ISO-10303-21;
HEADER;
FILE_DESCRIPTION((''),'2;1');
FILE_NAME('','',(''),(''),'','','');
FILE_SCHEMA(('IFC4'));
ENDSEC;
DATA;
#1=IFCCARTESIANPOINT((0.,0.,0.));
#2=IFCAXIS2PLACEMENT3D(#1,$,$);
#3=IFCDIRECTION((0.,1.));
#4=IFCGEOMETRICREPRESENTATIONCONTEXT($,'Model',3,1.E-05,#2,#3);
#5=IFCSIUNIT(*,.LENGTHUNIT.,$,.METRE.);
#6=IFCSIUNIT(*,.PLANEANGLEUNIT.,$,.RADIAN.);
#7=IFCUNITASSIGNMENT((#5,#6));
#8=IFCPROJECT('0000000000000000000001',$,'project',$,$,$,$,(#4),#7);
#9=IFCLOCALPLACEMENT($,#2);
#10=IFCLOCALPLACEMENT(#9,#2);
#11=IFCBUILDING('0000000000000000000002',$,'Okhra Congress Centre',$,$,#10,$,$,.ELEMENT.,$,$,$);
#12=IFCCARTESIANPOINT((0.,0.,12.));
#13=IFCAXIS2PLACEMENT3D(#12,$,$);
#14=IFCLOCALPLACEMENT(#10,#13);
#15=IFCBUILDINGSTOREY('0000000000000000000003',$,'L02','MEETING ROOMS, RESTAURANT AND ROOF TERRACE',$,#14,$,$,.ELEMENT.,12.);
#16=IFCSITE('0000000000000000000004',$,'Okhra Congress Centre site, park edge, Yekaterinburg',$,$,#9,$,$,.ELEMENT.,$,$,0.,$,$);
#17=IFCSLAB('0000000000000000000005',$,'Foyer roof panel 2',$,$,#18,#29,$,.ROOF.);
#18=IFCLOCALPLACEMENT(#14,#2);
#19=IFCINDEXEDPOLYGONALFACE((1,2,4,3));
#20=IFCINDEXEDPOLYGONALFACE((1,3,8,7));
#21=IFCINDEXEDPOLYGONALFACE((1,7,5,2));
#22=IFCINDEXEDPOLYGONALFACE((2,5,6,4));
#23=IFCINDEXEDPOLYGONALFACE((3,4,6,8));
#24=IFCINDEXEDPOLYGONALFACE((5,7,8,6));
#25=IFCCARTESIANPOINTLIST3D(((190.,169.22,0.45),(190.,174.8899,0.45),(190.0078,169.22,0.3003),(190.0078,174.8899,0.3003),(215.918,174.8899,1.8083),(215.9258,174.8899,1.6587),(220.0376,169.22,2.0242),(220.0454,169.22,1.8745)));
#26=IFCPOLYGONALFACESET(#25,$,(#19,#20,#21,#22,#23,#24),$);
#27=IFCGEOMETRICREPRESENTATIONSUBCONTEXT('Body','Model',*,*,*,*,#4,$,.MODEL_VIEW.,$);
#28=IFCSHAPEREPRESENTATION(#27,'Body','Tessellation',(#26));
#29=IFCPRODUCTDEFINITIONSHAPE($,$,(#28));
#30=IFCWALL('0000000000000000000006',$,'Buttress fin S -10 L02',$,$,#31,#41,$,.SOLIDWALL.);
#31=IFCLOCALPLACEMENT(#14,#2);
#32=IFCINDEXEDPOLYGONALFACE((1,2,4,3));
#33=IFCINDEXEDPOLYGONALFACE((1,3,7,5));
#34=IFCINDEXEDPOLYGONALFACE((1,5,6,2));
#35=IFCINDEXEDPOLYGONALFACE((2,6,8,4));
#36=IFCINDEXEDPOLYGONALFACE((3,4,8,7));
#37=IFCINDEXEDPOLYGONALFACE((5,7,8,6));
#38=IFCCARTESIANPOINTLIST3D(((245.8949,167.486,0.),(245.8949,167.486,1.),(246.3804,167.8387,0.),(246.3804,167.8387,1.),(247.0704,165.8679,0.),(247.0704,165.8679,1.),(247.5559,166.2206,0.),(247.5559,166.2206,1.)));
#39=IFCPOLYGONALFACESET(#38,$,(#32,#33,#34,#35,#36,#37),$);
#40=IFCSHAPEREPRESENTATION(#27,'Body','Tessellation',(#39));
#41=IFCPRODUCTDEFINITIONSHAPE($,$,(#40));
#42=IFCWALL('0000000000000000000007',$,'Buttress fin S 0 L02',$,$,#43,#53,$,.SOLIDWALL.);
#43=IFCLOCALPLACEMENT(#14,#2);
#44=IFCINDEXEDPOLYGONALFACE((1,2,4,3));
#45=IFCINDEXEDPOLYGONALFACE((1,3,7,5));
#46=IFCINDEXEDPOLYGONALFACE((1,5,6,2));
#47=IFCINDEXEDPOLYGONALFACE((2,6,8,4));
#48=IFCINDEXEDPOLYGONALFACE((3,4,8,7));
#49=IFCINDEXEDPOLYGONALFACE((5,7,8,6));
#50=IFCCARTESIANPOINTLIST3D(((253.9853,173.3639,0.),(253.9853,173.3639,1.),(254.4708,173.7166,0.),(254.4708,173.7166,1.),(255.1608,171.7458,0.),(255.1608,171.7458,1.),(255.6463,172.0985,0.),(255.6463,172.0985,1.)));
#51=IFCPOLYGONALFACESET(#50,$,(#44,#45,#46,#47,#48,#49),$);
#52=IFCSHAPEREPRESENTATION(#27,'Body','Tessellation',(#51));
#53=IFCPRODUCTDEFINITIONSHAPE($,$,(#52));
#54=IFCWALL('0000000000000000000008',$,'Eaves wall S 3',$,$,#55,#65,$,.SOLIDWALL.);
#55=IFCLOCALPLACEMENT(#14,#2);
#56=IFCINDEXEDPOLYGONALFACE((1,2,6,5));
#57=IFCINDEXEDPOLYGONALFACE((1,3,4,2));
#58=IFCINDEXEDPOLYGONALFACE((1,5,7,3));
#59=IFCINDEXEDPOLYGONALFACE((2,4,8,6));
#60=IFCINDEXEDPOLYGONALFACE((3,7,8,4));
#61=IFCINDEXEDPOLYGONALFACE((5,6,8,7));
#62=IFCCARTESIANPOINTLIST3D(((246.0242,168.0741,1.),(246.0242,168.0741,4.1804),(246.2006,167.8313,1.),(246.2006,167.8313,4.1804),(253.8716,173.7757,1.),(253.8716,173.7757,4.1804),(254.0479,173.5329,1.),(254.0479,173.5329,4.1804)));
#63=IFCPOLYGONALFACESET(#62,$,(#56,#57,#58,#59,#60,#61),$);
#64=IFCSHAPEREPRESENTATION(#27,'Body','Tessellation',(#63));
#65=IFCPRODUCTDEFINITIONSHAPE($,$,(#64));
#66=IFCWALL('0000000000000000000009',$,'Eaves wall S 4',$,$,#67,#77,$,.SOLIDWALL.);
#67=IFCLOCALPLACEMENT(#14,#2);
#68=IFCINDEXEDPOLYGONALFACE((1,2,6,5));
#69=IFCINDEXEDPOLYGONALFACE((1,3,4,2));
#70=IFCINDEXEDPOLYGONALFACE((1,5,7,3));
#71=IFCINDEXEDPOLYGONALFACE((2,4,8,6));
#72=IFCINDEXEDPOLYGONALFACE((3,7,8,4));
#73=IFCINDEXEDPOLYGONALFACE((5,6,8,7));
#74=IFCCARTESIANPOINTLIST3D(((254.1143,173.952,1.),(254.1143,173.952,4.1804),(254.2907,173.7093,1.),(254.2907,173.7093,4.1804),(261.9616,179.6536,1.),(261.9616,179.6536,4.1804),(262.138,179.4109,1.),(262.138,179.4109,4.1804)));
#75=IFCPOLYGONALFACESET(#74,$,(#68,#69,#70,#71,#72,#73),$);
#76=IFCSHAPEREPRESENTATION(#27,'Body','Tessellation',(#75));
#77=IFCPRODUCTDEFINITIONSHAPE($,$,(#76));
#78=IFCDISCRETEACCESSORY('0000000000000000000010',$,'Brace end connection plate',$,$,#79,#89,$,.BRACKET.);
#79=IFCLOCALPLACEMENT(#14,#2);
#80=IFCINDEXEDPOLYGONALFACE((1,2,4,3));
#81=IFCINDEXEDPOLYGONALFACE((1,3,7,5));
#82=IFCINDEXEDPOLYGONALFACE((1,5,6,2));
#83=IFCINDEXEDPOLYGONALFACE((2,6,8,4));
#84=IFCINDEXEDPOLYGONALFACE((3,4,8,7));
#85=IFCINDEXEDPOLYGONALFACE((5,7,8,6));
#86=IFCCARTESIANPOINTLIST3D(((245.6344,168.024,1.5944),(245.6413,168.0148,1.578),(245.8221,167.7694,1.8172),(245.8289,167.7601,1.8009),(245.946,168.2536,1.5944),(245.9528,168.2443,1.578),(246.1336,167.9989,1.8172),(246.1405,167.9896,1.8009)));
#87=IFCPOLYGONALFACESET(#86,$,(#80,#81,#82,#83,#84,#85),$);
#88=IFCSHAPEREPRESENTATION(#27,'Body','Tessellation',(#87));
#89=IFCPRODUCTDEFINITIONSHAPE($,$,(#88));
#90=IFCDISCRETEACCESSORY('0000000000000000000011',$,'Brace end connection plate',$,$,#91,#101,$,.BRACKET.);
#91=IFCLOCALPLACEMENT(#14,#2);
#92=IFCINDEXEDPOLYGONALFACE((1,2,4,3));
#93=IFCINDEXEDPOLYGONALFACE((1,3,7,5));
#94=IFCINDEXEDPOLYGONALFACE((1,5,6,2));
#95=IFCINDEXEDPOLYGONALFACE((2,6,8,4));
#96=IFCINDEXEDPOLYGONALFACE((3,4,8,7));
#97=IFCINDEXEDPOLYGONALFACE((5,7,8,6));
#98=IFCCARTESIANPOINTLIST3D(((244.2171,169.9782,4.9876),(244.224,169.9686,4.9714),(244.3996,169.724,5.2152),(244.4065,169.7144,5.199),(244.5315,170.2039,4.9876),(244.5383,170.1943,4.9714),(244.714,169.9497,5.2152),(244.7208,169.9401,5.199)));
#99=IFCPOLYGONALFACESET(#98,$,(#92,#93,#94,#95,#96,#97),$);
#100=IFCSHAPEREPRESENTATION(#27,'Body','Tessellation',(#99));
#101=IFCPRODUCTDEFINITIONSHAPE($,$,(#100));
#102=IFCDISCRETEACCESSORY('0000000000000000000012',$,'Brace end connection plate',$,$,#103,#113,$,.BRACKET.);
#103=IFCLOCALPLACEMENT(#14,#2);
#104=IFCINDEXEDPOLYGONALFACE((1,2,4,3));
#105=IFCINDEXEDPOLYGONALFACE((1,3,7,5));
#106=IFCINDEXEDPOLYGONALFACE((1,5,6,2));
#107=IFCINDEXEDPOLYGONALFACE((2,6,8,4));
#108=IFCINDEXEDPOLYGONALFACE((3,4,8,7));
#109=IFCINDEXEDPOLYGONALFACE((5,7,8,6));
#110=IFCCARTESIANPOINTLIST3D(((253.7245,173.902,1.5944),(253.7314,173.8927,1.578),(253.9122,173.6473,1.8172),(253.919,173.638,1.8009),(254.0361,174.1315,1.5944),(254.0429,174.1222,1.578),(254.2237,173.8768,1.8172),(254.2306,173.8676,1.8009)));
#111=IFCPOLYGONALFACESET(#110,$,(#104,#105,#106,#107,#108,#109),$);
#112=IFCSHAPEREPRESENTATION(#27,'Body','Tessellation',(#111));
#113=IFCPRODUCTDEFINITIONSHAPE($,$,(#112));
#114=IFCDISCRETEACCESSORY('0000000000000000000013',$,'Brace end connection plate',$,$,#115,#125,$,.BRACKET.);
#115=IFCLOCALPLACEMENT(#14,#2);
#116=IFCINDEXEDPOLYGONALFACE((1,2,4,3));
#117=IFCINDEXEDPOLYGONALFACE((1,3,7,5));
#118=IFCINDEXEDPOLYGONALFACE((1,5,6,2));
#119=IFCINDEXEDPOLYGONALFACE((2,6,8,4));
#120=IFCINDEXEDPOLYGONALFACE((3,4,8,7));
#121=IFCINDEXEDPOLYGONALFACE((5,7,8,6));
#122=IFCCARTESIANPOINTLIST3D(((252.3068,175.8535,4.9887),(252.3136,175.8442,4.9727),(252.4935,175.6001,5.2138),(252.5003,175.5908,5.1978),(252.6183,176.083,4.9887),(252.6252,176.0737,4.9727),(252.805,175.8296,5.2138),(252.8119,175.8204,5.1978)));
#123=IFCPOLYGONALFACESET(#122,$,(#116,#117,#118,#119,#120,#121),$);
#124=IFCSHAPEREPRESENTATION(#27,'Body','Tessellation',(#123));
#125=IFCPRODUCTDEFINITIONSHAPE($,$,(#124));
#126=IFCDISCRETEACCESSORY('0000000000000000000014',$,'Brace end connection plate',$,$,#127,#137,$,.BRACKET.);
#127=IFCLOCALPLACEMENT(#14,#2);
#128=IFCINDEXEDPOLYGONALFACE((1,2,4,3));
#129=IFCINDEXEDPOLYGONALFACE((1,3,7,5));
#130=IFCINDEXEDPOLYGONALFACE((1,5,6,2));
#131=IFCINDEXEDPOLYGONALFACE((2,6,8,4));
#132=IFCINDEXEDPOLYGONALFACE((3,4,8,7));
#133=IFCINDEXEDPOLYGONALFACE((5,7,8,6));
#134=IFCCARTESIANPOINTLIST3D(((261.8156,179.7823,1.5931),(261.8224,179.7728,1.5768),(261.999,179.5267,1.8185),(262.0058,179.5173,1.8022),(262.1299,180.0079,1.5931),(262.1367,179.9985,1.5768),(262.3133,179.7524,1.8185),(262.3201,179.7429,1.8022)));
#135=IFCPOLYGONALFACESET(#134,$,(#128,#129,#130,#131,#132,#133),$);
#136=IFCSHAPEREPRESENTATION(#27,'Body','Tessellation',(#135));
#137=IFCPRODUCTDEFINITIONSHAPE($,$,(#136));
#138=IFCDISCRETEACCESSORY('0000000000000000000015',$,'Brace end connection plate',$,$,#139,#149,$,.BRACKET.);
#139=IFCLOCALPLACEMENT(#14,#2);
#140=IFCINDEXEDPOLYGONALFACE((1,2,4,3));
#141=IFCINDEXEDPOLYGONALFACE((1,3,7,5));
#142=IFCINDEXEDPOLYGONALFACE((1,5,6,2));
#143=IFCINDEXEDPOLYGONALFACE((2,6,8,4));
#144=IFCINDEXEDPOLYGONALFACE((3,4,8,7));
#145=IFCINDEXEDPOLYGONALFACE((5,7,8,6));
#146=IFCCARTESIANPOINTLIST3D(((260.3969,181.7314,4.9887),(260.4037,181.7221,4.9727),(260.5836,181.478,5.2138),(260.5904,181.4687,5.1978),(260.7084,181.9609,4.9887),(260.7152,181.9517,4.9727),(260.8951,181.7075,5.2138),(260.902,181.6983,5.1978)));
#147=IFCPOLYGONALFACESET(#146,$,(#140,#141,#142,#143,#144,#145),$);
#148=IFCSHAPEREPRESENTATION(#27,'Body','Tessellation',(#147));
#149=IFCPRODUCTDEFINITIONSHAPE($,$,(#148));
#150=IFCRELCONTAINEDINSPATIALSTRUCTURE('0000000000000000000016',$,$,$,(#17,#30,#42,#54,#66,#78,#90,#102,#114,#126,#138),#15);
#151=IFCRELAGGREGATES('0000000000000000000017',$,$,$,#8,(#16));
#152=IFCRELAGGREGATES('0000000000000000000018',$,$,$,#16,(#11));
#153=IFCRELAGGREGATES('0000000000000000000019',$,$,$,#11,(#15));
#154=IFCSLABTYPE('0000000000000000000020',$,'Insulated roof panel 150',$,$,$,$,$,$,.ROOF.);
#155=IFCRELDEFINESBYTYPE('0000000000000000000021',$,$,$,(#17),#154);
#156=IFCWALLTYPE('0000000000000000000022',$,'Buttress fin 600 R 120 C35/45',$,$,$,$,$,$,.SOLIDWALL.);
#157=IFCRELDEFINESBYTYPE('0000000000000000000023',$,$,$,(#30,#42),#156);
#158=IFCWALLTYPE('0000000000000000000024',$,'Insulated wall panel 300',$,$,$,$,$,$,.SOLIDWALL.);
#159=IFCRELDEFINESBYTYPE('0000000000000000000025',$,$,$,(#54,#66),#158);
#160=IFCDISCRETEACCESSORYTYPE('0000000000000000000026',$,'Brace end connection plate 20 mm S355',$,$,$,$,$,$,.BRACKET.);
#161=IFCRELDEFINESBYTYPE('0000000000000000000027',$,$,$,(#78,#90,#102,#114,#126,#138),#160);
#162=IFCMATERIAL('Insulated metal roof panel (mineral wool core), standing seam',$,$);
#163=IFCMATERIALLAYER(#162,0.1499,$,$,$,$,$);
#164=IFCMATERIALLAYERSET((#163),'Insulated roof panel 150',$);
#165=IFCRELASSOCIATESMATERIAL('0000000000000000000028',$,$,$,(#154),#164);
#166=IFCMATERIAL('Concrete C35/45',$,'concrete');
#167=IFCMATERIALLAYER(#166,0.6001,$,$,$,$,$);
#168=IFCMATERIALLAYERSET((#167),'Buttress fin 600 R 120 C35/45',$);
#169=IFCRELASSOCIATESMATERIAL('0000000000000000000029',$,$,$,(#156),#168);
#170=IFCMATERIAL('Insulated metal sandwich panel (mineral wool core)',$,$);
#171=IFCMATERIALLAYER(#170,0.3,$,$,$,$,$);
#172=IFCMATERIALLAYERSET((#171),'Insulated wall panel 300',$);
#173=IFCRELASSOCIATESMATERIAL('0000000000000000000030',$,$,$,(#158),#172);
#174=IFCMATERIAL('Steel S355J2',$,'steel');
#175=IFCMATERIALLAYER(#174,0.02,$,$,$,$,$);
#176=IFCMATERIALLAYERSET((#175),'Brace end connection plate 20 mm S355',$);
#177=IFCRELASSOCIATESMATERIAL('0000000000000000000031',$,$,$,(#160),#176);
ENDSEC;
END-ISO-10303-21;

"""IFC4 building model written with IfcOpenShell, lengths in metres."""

from ifc_helpers import new_model, si_unit, direction, frame, frame_2d, origin, origin_2d, place, context, subcontext, project, spatial, polyline, rectangle, outline, extrude, material, layer, layer_set, type_object, element, save


model = new_model("IFC4")

# Units and contexts
model_context = context("Model", 3, precision=1e-05, world=origin(), true_north=direction((0.0, 1.0)))
body_context = subcontext(model_context, "Body", "Model", "MODEL_VIEW")
ifc_project = project(units=[si_unit("LENGTHUNIT", "METRE"), si_unit("PLANEANGLEUNIT", "RADIAN")], contexts=[model_context])

# Site, building, storey
site_placement = place(None, origin())
site = spatial("IfcSite", under=ifc_project, at=site_placement, Name="Okhra Congress Centre site, park edge, Yekaterinburg", CompositionType="ELEMENT", RefElevation=0.0)
building_placement = place(site_placement, origin())
building = spatial("IfcBuilding", under=site, at=building_placement, Name="Okhra Congress Centre", CompositionType="ELEMENT")
storey_placement = place(building_placement, frame((0.0, 0.0, 12.0)))
storey = spatial("IfcBuildingStorey", under=building, at=storey_placement, Name="L02", Description="MEETING ROOMS, RESTAURANT AND ROOF TERRACE", CompositionType="ELEMENT", Elevation=12.0)

# Shared definitions
ifc_material_1 = material(Name="Steel S355J2", Category="steel")

# Slab
ifc_material_2 = material(Name="Insulated metal roof panel (mineral wool core), standing seam")
ifc_layer_1 = layer(ifc_material_2, 0.1499)
ifc_layer_set_1 = layer_set([ifc_layer_1], Name="Insulated roof panel 150")
slab_type = type_object("IfcSlabType", Name="Insulated roof panel 150", PredefinedType="ROOF", material=ifc_layer_set_1)
slab_placement = place(storey_placement, frame((215.918, 174.8899, 1.8083), z_axis=(-0.052338, -0.000008, 0.998629), x_axis=(-0.998629, 0.0, -0.052338)))
element("IfcSlab", 1, at=slab_placement, inside=storey, type_object=slab_type, Name="Foyer roof panel 2", PredefinedType="ROOF", context=body_context, shape_type="SweptSolid", body=[
    extrude(outline(polyline([(0.0, 0.0), (25.9535, 0.0), (25.9535, 5.6699), (-4.1253, 5.6699), (0.0, 0.0)])), origin(), (0.0, 0.0, -1.0), 0.1499),
])

# Walls
ifc_material_3 = material(Name="Concrete C35/45", Category="concrete")
ifc_layer_2 = layer(ifc_material_3, 0.6001)
ifc_layer_set_2 = layer_set([ifc_layer_2], Name="Buttress fin 600 R 120 C35/45")
wall_type_1 = type_object("IfcWallType", Name="Buttress fin 600 R 120 C35/45", PredefinedType="SOLIDWALL", material=ifc_layer_set_2)
for number, where, z_axis, x_axis, name in (
    (2, (246.1377, 167.6624, 0.0), (0.0, 0.0, 1.0), (0.587743, -0.809047, 0.0), "Buttress fin S -10 L02"),
    (3, (254.228, 173.5403, 0.0), (0.0, 0.0, 1.0), (0.587743, -0.809047, 0.0), "Buttress fin S 0 L02"),
):
    element("IfcWall", number, at=place(storey_placement, frame(where, z_axis=z_axis, x_axis=x_axis)), inside=storey, type_object=wall_type_1, Name=name, PredefinedType="SOLIDWALL", context=body_context, shape_type="SweptSolid", body=[
        extrude(rectangle(XDim=2.0, YDim=0.6001, at=frame_2d((1.0, 0.0))), origin(), (0.0, 0.0, 1.0), 1.0),
    ])
ifc_material_4 = material(Name="Insulated metal sandwich panel (mineral wool core)")
ifc_layer_3 = layer(ifc_material_4, 0.3)
ifc_layer_set_3 = layer_set([ifc_layer_3], Name="Insulated wall panel 300")
wall_type_2 = type_object("IfcWallType", Name="Insulated wall panel 300", PredefinedType="SOLIDWALL", material=ifc_layer_set_3)
for number, where, z_axis, x_axis, name in (
    (4, (246.1123, 167.9526, 1.0), (0.0, 0.0, 1.0), (0.809008, 0.587798, 0.0), "Eaves wall S 3"),
    (5, (254.2024, 173.8306, 1.0), (0.0, 0.0, 1.0), (0.809008, 0.587798, 0.0), "Eaves wall S 4"),
):
    element("IfcWall", number, at=place(storey_placement, frame(where, z_axis=z_axis, x_axis=x_axis)), inside=storey, type_object=wall_type_2, Name=name, PredefinedType="SOLIDWALL", context=body_context, shape_type="SweptSolid", body=[
        extrude(rectangle(XDim=9.7, YDim=0.3, at=frame_2d((4.8501, 0.0))), origin(), (0.0, 0.0, 1.0), 3.1804),
    ])

# Discrete accessories
ifc_layer_4 = layer(ifc_material_1, 0.02)
ifc_layer_set_4 = layer_set([ifc_layer_4], Name="Brace end connection plate 20 mm S355")
discrete_accessory_type = type_object("IfcDiscreteAccessoryType", Name="Brace end connection plate 20 mm S355", PredefinedType="BRACKET", material=ifc_layer_set_4)
for number, where, z_axis, x_axis, name in (
    (6, (245.884, 168.0115, 1.7058), (0.341641, -0.463656, -0.817499), (0.805056, 0.593199, 0.0), "Brace end connection plate"),
    (7, (244.4724, 169.9543, 5.0852), (-0.343074, 0.477854, 0.808675), (-0.812324, -0.583207, 0.0), "Brace end connection plate"),
    (8, (253.9741, 173.8894, 1.7058), (0.341641, -0.463656, -0.817499), (0.805056, 0.593199, 0.0), "Brace end connection plate"),
):
    element("IfcDiscreteAccessory", number, at=place(storey_placement, frame(where, z_axis=z_axis, x_axis=x_axis)), inside=storey, type_object=discrete_accessory_type, Name=name, PredefinedType="BRACKET", context=body_context, shape_type="SweptSolid", body=[
        extrude(rectangle(XDim=0.387, YDim=0.387, at=origin_2d()), origin(), (0.0, 0.0, 1.0), 0.02),
    ])
discrete_accessory_1_placement = place(storey_placement, frame((252.5627, 175.8323, 5.0852), z_axis=(-0.345075, 0.468316, 0.81339), x_axis=(-0.805056, -0.593199, 0.0)))
element("IfcDiscreteAccessory", 9, at=discrete_accessory_1_placement, inside=storey, type_object=discrete_accessory_type, Name="Brace end connection plate", PredefinedType="BRACKET", context=body_context, shape_type="SweptSolid", body=[
    extrude(rectangle(XDim=0.387, YDim=0.387, at=origin_2d()), origin(), (0.0, 0.0, 1.0), 0.0198),
])
discrete_accessory_2_placement = place(storey_placement, frame((262.0645, 179.7673, 1.7058), z_axis=(0.3397, -0.473153, -0.812853), x_axis=(0.812324, 0.583207, 0.0)))
element("IfcDiscreteAccessory", 10, at=discrete_accessory_2_placement, inside=storey, type_object=discrete_accessory_type, Name="Brace end connection plate", PredefinedType="BRACKET", context=body_context, shape_type="SweptSolid", body=[
    extrude(rectangle(XDim=0.387, YDim=0.387, at=origin_2d()), origin(), (0.0, 0.0, 1.0), 0.02),
])
discrete_accessory_3_placement = place(storey_placement, frame((260.6528, 181.7102, 5.0852), z_axis=(-0.345075, 0.468316, 0.81339), x_axis=(-0.805056, -0.593199, 0.0)))
element("IfcDiscreteAccessory", 11, at=discrete_accessory_3_placement, inside=storey, type_object=discrete_accessory_type, Name="Brace end connection plate", PredefinedType="BRACKET", context=body_context, shape_type="SweptSolid", body=[
    extrude(rectangle(XDim=0.387, YDim=0.387, at=origin_2d()), origin(), (0.0, 0.0, 1.0), 0.0198),
])

save(model, "model.ifc")
